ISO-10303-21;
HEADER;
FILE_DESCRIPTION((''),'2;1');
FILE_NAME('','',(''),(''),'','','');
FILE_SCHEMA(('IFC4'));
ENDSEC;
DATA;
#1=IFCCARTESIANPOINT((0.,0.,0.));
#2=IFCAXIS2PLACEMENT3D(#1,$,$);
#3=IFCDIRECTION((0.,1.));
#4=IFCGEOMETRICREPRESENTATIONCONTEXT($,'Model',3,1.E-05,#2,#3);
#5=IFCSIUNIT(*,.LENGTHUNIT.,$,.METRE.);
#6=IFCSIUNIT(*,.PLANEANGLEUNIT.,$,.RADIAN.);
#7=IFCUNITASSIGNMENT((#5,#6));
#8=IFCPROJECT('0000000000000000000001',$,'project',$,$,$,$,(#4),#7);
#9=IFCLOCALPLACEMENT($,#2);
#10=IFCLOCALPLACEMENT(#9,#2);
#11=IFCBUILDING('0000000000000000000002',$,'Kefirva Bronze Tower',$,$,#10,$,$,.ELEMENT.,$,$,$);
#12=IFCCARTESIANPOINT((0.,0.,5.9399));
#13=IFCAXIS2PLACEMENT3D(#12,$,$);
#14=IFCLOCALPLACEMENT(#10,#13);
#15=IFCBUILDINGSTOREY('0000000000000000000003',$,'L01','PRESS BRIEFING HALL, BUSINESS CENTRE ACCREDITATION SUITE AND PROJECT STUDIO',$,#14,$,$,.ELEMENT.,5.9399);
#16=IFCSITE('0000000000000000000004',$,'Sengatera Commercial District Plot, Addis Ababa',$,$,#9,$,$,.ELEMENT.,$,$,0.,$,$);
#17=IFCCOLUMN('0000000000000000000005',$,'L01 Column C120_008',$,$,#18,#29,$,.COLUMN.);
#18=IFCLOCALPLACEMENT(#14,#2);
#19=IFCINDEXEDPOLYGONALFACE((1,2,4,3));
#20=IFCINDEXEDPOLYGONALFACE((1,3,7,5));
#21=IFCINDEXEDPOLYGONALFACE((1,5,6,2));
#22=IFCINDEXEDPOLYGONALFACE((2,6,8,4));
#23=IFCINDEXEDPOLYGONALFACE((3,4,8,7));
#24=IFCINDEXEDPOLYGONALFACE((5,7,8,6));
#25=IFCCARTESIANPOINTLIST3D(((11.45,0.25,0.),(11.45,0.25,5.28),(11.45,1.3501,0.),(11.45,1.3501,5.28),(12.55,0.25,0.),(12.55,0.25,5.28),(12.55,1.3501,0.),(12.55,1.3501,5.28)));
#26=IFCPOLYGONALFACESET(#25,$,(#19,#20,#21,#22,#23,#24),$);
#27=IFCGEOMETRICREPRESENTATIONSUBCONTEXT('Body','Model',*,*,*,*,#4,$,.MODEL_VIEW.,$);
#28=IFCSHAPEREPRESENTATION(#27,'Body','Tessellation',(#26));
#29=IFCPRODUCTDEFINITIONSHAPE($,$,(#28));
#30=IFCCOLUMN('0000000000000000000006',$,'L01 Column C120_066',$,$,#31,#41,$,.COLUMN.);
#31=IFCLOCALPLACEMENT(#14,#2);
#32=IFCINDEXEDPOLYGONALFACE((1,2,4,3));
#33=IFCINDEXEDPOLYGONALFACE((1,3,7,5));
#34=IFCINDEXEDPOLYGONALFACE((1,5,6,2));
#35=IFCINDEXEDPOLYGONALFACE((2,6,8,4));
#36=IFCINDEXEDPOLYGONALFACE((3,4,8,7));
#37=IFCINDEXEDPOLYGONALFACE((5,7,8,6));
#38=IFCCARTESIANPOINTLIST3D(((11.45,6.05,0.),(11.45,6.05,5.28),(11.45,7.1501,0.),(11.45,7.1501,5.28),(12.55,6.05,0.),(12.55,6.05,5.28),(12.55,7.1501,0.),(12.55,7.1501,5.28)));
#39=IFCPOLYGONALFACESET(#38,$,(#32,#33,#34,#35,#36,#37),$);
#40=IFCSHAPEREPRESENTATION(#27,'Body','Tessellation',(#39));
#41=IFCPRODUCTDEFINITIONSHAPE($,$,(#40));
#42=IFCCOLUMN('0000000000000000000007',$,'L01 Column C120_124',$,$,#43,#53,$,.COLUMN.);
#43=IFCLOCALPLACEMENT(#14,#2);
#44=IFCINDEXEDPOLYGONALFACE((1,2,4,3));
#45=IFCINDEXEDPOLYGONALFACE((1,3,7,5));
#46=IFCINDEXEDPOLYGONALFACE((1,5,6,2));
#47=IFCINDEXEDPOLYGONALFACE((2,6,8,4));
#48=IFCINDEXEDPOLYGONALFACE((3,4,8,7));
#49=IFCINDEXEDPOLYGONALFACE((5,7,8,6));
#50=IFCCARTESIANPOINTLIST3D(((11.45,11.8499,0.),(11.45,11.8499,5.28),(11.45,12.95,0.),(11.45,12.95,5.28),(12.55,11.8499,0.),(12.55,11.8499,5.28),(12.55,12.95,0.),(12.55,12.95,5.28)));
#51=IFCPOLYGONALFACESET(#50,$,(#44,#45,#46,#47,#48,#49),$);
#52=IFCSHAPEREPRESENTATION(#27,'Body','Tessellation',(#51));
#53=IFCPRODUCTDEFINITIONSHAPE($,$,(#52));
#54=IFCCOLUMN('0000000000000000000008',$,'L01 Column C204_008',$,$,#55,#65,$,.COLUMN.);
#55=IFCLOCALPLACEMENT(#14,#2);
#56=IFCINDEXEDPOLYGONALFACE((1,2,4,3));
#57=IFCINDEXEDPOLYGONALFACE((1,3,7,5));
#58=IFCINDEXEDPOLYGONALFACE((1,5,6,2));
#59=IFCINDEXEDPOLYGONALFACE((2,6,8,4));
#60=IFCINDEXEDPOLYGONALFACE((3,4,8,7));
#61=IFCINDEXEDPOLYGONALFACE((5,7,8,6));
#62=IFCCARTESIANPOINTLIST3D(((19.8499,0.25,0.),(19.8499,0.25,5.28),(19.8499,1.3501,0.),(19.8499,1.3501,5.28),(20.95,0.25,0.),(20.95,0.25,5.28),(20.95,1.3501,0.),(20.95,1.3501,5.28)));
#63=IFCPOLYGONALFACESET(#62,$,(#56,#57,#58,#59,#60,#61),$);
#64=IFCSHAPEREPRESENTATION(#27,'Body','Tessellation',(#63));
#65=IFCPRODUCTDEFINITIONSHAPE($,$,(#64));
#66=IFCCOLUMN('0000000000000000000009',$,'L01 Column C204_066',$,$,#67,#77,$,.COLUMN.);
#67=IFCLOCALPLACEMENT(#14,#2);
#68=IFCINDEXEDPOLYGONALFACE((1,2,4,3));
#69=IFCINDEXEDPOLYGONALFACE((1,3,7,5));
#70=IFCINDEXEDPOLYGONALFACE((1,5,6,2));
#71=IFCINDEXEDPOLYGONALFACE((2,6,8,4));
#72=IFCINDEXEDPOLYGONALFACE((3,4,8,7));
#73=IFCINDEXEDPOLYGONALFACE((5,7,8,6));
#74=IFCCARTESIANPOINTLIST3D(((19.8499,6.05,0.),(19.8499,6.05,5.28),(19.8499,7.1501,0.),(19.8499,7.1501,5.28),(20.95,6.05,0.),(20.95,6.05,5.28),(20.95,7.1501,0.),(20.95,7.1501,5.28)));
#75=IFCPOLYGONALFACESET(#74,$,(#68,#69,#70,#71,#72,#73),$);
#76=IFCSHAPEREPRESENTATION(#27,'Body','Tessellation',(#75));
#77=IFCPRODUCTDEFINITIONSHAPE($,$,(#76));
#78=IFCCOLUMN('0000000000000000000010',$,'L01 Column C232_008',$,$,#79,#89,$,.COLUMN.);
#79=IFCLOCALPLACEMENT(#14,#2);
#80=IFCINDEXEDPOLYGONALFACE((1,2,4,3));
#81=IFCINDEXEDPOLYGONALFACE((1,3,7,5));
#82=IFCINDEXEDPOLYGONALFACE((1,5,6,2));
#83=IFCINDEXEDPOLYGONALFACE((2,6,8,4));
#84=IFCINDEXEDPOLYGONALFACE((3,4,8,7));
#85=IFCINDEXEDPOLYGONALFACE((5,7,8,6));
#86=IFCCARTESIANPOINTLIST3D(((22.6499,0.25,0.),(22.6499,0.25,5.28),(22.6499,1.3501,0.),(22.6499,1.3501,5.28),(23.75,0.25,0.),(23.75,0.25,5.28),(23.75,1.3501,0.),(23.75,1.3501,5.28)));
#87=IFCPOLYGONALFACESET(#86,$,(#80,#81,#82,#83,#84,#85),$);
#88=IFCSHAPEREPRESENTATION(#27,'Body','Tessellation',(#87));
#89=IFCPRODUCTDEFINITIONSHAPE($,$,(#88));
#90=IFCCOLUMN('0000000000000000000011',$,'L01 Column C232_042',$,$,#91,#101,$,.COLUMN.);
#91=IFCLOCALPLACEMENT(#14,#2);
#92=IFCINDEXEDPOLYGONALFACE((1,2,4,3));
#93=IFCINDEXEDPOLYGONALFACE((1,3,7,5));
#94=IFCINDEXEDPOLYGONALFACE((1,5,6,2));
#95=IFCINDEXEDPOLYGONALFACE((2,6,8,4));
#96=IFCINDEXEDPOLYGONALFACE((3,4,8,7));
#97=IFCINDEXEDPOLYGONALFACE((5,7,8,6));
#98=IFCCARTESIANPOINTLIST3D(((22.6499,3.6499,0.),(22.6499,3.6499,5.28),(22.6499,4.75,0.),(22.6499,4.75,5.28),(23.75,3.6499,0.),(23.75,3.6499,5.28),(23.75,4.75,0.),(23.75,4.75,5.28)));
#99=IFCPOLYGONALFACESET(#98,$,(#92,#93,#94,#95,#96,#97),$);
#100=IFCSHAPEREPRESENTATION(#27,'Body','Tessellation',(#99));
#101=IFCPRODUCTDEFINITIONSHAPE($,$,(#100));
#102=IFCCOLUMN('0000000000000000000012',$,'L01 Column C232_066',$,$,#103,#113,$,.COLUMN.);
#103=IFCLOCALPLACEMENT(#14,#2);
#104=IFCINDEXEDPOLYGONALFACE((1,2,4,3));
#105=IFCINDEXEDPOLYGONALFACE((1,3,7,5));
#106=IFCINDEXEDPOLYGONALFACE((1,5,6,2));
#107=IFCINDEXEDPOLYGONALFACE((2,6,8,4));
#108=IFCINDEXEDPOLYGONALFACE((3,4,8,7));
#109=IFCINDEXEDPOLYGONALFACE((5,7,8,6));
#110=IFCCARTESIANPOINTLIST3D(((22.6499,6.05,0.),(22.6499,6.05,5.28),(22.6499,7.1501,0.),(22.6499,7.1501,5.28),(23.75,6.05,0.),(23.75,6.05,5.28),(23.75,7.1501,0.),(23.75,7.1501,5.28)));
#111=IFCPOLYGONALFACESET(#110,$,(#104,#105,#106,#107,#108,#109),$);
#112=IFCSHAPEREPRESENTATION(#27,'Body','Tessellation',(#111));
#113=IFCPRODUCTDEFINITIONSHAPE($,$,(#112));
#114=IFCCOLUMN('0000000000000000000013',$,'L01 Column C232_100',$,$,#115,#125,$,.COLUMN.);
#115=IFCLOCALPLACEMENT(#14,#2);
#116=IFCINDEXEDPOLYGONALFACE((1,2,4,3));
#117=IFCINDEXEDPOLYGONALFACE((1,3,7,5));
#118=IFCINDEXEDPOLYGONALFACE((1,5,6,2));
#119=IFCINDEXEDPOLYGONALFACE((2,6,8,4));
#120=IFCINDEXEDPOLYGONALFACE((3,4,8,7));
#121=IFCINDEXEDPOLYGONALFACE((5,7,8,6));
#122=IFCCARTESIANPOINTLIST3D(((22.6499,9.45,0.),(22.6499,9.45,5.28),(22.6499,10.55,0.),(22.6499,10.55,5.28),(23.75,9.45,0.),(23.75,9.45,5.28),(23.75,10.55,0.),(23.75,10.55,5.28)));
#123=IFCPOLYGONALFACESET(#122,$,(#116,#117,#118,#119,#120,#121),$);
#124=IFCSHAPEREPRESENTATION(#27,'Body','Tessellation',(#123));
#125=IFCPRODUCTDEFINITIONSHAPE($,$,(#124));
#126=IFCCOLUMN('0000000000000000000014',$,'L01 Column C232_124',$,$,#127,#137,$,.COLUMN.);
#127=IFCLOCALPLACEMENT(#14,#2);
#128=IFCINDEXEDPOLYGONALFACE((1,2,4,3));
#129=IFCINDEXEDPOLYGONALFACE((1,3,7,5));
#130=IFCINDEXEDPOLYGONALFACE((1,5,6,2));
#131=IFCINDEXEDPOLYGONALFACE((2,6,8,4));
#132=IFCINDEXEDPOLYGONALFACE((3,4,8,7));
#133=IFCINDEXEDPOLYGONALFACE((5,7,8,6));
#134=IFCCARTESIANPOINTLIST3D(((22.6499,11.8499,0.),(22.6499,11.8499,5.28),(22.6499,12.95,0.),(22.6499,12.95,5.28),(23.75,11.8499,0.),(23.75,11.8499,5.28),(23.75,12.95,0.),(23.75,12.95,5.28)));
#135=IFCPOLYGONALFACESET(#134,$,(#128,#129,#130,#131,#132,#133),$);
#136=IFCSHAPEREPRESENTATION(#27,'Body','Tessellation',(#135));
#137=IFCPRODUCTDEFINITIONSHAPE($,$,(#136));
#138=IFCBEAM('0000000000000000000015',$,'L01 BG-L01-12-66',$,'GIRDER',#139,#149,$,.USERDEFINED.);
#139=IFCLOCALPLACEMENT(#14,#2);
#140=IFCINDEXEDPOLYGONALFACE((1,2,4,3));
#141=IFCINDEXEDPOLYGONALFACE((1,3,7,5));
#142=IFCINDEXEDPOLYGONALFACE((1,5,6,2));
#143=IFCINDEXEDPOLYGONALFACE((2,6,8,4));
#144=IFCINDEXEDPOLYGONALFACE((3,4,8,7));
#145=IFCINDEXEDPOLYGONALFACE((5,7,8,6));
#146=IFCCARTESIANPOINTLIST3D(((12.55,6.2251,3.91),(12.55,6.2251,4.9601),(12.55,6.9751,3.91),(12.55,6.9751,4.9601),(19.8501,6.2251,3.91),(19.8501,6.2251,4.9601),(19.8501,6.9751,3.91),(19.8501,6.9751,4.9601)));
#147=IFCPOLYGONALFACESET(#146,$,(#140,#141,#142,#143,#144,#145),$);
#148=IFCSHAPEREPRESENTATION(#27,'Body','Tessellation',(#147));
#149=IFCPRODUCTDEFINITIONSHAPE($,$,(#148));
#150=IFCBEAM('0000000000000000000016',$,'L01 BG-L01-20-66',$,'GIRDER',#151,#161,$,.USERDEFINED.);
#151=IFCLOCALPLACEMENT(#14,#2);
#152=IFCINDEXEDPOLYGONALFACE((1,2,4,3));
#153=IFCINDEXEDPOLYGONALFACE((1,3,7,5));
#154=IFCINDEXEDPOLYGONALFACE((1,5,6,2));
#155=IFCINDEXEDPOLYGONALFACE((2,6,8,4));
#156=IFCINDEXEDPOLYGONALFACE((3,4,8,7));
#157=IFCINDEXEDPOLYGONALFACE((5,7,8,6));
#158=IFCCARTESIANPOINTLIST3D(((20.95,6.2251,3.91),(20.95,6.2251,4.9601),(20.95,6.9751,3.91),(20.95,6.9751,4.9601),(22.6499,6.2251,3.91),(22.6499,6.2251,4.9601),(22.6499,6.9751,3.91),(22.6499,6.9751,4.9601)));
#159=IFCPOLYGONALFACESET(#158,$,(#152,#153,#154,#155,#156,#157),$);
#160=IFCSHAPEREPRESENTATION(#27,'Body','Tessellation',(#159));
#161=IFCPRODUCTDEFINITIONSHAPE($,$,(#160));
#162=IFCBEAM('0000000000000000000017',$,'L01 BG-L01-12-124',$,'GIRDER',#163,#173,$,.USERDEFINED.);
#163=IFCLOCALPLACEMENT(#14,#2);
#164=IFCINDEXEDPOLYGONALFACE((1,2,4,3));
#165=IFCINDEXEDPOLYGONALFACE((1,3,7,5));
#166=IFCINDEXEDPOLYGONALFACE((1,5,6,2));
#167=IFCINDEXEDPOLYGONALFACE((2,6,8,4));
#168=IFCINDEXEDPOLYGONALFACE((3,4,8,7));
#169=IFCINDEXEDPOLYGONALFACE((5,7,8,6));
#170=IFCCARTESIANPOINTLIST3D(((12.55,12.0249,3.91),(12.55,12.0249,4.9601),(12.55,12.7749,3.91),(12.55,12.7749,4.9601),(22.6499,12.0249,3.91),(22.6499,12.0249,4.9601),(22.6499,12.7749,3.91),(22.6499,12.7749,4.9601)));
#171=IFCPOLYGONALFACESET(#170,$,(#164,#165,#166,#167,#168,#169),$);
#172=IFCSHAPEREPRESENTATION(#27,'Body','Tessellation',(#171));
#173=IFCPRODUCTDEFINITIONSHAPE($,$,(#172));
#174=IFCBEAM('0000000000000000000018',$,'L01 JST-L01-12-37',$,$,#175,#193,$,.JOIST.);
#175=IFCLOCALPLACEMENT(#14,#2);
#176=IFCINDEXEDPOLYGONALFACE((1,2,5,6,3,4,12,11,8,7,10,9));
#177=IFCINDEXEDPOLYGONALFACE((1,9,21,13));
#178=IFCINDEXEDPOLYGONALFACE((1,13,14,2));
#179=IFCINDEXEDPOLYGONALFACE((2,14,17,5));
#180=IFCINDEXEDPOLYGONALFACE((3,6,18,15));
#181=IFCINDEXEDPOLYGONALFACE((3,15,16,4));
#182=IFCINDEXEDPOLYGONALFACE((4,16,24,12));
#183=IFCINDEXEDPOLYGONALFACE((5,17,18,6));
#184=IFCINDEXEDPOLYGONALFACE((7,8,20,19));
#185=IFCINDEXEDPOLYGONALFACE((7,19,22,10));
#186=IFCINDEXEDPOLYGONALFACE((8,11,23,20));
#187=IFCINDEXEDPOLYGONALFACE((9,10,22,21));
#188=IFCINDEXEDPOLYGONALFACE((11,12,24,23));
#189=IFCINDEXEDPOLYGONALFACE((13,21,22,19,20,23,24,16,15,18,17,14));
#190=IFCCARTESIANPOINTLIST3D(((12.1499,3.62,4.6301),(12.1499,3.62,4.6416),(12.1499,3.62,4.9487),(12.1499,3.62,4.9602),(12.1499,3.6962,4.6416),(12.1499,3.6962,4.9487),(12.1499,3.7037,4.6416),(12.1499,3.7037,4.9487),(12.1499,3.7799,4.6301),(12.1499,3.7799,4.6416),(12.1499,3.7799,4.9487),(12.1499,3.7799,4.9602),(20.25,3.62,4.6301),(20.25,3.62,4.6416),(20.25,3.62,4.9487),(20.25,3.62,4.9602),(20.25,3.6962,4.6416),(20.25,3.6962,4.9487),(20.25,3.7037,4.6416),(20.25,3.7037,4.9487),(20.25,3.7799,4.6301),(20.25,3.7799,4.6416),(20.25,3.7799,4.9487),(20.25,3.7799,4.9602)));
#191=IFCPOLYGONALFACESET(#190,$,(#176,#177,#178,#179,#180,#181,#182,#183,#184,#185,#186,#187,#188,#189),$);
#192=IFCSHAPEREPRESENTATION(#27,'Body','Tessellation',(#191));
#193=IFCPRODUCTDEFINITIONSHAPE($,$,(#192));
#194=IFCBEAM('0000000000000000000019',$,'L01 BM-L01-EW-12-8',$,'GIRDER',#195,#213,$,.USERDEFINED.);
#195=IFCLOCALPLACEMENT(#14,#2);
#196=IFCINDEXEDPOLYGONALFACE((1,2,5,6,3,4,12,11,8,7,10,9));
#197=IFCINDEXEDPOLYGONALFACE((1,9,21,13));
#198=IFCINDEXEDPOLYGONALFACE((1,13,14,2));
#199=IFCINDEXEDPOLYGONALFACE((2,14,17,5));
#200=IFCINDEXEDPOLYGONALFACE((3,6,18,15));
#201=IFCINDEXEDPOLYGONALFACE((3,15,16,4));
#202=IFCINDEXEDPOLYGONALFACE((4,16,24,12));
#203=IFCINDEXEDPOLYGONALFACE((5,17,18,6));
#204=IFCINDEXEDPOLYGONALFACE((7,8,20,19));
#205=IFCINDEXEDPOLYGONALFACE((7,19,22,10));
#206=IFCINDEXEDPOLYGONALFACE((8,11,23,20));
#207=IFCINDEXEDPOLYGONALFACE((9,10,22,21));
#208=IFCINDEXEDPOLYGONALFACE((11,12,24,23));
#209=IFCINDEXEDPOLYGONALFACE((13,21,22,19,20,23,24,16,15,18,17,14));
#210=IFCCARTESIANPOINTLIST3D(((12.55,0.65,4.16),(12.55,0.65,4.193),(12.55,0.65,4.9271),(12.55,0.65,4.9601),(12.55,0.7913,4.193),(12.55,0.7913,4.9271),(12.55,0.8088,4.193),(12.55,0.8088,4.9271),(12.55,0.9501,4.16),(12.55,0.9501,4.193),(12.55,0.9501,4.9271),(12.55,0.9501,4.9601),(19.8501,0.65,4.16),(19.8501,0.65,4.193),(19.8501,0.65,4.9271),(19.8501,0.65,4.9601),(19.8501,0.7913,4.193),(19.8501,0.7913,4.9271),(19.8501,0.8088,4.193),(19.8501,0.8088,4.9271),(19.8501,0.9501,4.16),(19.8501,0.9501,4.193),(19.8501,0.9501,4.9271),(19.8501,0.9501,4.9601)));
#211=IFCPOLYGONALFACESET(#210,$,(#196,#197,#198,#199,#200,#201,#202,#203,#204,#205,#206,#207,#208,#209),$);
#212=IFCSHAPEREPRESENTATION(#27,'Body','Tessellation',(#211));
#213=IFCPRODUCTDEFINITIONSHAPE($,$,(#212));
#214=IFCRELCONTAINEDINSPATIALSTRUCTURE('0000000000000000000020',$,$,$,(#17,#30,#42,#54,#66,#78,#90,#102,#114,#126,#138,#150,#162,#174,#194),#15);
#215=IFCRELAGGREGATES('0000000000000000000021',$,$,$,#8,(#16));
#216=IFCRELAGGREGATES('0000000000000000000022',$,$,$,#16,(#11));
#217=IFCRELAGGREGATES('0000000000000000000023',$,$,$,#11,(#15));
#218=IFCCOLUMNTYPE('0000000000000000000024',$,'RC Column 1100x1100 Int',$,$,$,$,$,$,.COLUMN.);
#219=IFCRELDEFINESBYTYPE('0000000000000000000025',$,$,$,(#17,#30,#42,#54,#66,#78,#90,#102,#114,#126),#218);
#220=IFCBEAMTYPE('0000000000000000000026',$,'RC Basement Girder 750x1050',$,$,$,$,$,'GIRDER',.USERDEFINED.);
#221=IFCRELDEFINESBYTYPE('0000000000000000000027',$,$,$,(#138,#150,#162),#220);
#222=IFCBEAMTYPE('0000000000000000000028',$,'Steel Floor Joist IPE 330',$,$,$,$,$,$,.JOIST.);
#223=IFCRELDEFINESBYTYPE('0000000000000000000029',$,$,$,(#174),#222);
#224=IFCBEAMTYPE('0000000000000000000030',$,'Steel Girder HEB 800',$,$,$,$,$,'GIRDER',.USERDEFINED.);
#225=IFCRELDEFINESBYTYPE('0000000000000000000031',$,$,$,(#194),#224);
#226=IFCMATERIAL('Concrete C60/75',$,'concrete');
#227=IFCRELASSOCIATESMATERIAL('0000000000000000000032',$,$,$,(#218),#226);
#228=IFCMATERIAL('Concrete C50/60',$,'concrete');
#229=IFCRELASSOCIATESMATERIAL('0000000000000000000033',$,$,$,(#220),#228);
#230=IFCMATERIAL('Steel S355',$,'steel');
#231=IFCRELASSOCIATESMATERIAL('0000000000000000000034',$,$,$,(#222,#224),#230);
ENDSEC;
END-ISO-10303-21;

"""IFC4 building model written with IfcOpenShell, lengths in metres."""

from ifc_helpers import new_model, si_unit, direction, frame, origin, origin_2d, place, context, subcontext, project, spatial, rectangle, i_section, extrude, material, material_profile, profile_set, type_object, element, save


model = new_model("IFC4")

# Units and contexts
model_context = context("Model", 3, precision=1e-05, world=origin(), true_north=direction((0.0, 1.0)))
body_context = subcontext(model_context, "Body", "Model", "MODEL_VIEW")
ifc_project = project(units=[si_unit("LENGTHUNIT", "METRE"), si_unit("PLANEANGLEUNIT", "RADIAN")], contexts=[model_context])

# Site, building, storey
site_placement = place(None, origin())
site = spatial("IfcSite", under=ifc_project, at=site_placement, Name="Sengatera Commercial District Plot, Addis Ababa", CompositionType="ELEMENT", RefElevation=0.0)
building_placement = place(site_placement, origin())
building = spatial("IfcBuilding", under=site, at=building_placement, Name="Kefirva Bronze Tower", CompositionType="ELEMENT")
storey_placement = place(building_placement, frame((0.0, 0.0, 5.9399)))
storey = spatial("IfcBuildingStorey", under=building, at=storey_placement, Name="L01", Description="PRESS BRIEFING HALL, BUSINESS CENTRE ACCREDITATION SUITE AND PROJECT STUDIO", CompositionType="ELEMENT", Elevation=5.9399)

# Columns
ifc_material_1 = material(Name="Concrete C60/75", Category="concrete")
ifc_material_profile_1 = material_profile(ifc_material_1, rectangle(XDim=1.1001, YDim=1.1001, at=origin_2d()), Name="RC 1100x1100")
ifc_profile_set_1 = profile_set([ifc_material_profile_1], Name="Concrete C60/75")
column_type = type_object("IfcColumnType", Name="RC Column 1100x1100 Int", PredefinedType="COLUMN", material=ifc_profile_set_1)
for number, where, z_axis, x_axis, name in (
    (1, (12.0, 0.8, 0.0), (0.0, 0.0, 1.0), (1.0, 0.0, 0.0), "L01 Column C120_008"),
    (2, (12.0, 6.6001, 0.0), (0.0, 0.0, 1.0), (1.0, 0.0, 0.0), "L01 Column C120_066"),
    (3, (12.0, 12.3999, 0.0), (0.0, 0.0, 1.0), (1.0, 0.0, 0.0), "L01 Column C120_124"),
    (4, (20.3999, 0.8, 0.0), (0.0, 0.0, 1.0), (1.0, 0.0, 0.0), "L01 Column C204_008"),
    (5, (20.3999, 6.6001, 0.0), (0.0, 0.0, 1.0), (1.0, 0.0, 0.0), "L01 Column C204_066"),
    (6, (23.2, 0.8, 0.0), (0.0, 0.0, 1.0), (1.0, 0.0, 0.0), "L01 Column C232_008"),
    (7, (23.2, 4.2, 0.0), (0.0, 0.0, 1.0), (1.0, 0.0, 0.0), "L01 Column C232_042"),
    (8, (23.2, 6.6001, 0.0), (0.0, 0.0, 1.0), (1.0, 0.0, 0.0), "L01 Column C232_066"),
    (9, (23.2, 10.0, 0.0), (0.0, 0.0, 1.0), (1.0, 0.0, 0.0), "L01 Column C232_100"),
    (10, (23.2, 12.3999, 0.0), (0.0, 0.0, 1.0), (1.0, 0.0, 0.0), "L01 Column C232_124"),
):
    element("IfcColumn", number, at=place(storey_placement, frame(where, z_axis=z_axis, x_axis=x_axis)), inside=storey, type_object=column_type, Name=name, PredefinedType="COLUMN", context=body_context, shape_type="SweptSolid", body=[
        extrude(rectangle(XDim=1.1001, YDim=1.1001, at=origin_2d()), origin(), (0.0, 0.0, 1.0), 5.28),
    ])

# Beams
ifc_material_2 = material(Name="Concrete C50/60", Category="concrete")
ifc_material_profile_2 = material_profile(ifc_material_2, rectangle(XDim=0.75, YDim=1.05, at=origin_2d()), Name="RC 750x1050")
ifc_profile_set_2 = profile_set([ifc_material_profile_2], Name="Concrete C50/60")
beam_type_1 = type_object("IfcBeamType", Name="RC Basement Girder 750x1050", ElementType="GIRDER", PredefinedType="USERDEFINED", material=ifc_profile_set_2)
beam_1_placement = place(storey_placement, frame((12.55, 6.6001, 4.4351), z_axis=(1.0, 0.0, 0.0), x_axis=(0.0, 1.0, 0.0)))
element("IfcBeam", 11, at=beam_1_placement, inside=storey, type_object=beam_type_1, Name="L01 BG-L01-12-66", ObjectType="GIRDER", PredefinedType="USERDEFINED", context=body_context, shape_type="SweptSolid", body=[
    extrude(rectangle(XDim=0.75, YDim=1.05, at=origin_2d()), origin(), (0.0, 0.0, 1.0), 7.3),
])
beam_2_placement = place(storey_placement, frame((20.95, 6.6001, 4.4351), z_axis=(1.0, 0.0, 0.0), x_axis=(0.0, 1.0, 0.0)))
element("IfcBeam", 12, at=beam_2_placement, inside=storey, type_object=beam_type_1, Name="L01 BG-L01-20-66", ObjectType="GIRDER", PredefinedType="USERDEFINED", context=body_context, shape_type="SweptSolid", body=[
    extrude(rectangle(XDim=0.75, YDim=1.05, at=origin_2d()), origin(), (0.0, 0.0, 1.0), 1.7),
])
beam_3_placement = place(storey_placement, frame((12.55, 12.3999, 4.4351), z_axis=(1.0, 0.0, 0.0), x_axis=(0.0, 1.0, 0.0)))
element("IfcBeam", 13, at=beam_3_placement, inside=storey, type_object=beam_type_1, Name="L01 BG-L01-12-124", ObjectType="GIRDER", PredefinedType="USERDEFINED", context=body_context, shape_type="SweptSolid", body=[
    extrude(rectangle(XDim=0.75, YDim=1.05, at=origin_2d()), origin(), (0.0, 0.0, 1.0), 10.0999),
])
ifc_material_3 = material(Name="Steel S355", Category="steel")
ifc_material_profile_3 = material_profile(ifc_material_3, i_section(OverallWidth=0.1599, OverallDepth=0.3301, WebThickness=0.0076, FlangeThickness=0.0115, at=origin_2d()), Name="IPE 330")
ifc_profile_set_3 = profile_set([ifc_material_profile_3], Name="Steel S355")
beam_type_2 = type_object("IfcBeamType", Name="Steel Floor Joist IPE 330", PredefinedType="JOIST", material=ifc_profile_set_3)
beam_4_placement = place(storey_placement, frame((12.1499, 3.7, 4.7952), z_axis=(1.0, 0.0, 0.0), x_axis=(0.0, 1.0, 0.0)))
element("IfcBeam", 14, at=beam_4_placement, inside=storey, type_object=beam_type_2, Name="L01 JST-L01-12-37", PredefinedType="JOIST", context=body_context, shape_type="SweptSolid", body=[
    extrude(i_section(OverallWidth=0.1599, OverallDepth=0.3301, WebThickness=0.0076, FlangeThickness=0.0115, at=origin_2d()), origin(), (0.0, 0.0, 1.0), 8.1001),
])
ifc_material_profile_4 = material_profile(ifc_material_3, i_section(OverallWidth=0.3, OverallDepth=0.8, WebThickness=0.0176, FlangeThickness=0.033, at=origin_2d()), Name="HEB 800")
ifc_profile_set_4 = profile_set([ifc_material_profile_4], Name="Steel S355")
beam_type_3 = type_object("IfcBeamType", Name="Steel Girder HEB 800", ElementType="GIRDER", PredefinedType="USERDEFINED", material=ifc_profile_set_4)
beam_5_placement = place(storey_placement, frame((12.55, 0.8, 4.5601), z_axis=(1.0, 0.0, 0.0), x_axis=(0.0, 1.0, 0.0)))
element("IfcBeam", 15, at=beam_5_placement, inside=storey, type_object=beam_type_3, Name="L01 BM-L01-EW-12-8", ObjectType="GIRDER", PredefinedType="USERDEFINED", context=body_context, shape_type="SweptSolid", body=[
    extrude(i_section(OverallWidth=0.3, OverallDepth=0.8, WebThickness=0.0176, FlangeThickness=0.033, at=origin_2d()), origin(), (0.0, 0.0, 1.0), 7.3),
])

save(model, "model.ifc")
